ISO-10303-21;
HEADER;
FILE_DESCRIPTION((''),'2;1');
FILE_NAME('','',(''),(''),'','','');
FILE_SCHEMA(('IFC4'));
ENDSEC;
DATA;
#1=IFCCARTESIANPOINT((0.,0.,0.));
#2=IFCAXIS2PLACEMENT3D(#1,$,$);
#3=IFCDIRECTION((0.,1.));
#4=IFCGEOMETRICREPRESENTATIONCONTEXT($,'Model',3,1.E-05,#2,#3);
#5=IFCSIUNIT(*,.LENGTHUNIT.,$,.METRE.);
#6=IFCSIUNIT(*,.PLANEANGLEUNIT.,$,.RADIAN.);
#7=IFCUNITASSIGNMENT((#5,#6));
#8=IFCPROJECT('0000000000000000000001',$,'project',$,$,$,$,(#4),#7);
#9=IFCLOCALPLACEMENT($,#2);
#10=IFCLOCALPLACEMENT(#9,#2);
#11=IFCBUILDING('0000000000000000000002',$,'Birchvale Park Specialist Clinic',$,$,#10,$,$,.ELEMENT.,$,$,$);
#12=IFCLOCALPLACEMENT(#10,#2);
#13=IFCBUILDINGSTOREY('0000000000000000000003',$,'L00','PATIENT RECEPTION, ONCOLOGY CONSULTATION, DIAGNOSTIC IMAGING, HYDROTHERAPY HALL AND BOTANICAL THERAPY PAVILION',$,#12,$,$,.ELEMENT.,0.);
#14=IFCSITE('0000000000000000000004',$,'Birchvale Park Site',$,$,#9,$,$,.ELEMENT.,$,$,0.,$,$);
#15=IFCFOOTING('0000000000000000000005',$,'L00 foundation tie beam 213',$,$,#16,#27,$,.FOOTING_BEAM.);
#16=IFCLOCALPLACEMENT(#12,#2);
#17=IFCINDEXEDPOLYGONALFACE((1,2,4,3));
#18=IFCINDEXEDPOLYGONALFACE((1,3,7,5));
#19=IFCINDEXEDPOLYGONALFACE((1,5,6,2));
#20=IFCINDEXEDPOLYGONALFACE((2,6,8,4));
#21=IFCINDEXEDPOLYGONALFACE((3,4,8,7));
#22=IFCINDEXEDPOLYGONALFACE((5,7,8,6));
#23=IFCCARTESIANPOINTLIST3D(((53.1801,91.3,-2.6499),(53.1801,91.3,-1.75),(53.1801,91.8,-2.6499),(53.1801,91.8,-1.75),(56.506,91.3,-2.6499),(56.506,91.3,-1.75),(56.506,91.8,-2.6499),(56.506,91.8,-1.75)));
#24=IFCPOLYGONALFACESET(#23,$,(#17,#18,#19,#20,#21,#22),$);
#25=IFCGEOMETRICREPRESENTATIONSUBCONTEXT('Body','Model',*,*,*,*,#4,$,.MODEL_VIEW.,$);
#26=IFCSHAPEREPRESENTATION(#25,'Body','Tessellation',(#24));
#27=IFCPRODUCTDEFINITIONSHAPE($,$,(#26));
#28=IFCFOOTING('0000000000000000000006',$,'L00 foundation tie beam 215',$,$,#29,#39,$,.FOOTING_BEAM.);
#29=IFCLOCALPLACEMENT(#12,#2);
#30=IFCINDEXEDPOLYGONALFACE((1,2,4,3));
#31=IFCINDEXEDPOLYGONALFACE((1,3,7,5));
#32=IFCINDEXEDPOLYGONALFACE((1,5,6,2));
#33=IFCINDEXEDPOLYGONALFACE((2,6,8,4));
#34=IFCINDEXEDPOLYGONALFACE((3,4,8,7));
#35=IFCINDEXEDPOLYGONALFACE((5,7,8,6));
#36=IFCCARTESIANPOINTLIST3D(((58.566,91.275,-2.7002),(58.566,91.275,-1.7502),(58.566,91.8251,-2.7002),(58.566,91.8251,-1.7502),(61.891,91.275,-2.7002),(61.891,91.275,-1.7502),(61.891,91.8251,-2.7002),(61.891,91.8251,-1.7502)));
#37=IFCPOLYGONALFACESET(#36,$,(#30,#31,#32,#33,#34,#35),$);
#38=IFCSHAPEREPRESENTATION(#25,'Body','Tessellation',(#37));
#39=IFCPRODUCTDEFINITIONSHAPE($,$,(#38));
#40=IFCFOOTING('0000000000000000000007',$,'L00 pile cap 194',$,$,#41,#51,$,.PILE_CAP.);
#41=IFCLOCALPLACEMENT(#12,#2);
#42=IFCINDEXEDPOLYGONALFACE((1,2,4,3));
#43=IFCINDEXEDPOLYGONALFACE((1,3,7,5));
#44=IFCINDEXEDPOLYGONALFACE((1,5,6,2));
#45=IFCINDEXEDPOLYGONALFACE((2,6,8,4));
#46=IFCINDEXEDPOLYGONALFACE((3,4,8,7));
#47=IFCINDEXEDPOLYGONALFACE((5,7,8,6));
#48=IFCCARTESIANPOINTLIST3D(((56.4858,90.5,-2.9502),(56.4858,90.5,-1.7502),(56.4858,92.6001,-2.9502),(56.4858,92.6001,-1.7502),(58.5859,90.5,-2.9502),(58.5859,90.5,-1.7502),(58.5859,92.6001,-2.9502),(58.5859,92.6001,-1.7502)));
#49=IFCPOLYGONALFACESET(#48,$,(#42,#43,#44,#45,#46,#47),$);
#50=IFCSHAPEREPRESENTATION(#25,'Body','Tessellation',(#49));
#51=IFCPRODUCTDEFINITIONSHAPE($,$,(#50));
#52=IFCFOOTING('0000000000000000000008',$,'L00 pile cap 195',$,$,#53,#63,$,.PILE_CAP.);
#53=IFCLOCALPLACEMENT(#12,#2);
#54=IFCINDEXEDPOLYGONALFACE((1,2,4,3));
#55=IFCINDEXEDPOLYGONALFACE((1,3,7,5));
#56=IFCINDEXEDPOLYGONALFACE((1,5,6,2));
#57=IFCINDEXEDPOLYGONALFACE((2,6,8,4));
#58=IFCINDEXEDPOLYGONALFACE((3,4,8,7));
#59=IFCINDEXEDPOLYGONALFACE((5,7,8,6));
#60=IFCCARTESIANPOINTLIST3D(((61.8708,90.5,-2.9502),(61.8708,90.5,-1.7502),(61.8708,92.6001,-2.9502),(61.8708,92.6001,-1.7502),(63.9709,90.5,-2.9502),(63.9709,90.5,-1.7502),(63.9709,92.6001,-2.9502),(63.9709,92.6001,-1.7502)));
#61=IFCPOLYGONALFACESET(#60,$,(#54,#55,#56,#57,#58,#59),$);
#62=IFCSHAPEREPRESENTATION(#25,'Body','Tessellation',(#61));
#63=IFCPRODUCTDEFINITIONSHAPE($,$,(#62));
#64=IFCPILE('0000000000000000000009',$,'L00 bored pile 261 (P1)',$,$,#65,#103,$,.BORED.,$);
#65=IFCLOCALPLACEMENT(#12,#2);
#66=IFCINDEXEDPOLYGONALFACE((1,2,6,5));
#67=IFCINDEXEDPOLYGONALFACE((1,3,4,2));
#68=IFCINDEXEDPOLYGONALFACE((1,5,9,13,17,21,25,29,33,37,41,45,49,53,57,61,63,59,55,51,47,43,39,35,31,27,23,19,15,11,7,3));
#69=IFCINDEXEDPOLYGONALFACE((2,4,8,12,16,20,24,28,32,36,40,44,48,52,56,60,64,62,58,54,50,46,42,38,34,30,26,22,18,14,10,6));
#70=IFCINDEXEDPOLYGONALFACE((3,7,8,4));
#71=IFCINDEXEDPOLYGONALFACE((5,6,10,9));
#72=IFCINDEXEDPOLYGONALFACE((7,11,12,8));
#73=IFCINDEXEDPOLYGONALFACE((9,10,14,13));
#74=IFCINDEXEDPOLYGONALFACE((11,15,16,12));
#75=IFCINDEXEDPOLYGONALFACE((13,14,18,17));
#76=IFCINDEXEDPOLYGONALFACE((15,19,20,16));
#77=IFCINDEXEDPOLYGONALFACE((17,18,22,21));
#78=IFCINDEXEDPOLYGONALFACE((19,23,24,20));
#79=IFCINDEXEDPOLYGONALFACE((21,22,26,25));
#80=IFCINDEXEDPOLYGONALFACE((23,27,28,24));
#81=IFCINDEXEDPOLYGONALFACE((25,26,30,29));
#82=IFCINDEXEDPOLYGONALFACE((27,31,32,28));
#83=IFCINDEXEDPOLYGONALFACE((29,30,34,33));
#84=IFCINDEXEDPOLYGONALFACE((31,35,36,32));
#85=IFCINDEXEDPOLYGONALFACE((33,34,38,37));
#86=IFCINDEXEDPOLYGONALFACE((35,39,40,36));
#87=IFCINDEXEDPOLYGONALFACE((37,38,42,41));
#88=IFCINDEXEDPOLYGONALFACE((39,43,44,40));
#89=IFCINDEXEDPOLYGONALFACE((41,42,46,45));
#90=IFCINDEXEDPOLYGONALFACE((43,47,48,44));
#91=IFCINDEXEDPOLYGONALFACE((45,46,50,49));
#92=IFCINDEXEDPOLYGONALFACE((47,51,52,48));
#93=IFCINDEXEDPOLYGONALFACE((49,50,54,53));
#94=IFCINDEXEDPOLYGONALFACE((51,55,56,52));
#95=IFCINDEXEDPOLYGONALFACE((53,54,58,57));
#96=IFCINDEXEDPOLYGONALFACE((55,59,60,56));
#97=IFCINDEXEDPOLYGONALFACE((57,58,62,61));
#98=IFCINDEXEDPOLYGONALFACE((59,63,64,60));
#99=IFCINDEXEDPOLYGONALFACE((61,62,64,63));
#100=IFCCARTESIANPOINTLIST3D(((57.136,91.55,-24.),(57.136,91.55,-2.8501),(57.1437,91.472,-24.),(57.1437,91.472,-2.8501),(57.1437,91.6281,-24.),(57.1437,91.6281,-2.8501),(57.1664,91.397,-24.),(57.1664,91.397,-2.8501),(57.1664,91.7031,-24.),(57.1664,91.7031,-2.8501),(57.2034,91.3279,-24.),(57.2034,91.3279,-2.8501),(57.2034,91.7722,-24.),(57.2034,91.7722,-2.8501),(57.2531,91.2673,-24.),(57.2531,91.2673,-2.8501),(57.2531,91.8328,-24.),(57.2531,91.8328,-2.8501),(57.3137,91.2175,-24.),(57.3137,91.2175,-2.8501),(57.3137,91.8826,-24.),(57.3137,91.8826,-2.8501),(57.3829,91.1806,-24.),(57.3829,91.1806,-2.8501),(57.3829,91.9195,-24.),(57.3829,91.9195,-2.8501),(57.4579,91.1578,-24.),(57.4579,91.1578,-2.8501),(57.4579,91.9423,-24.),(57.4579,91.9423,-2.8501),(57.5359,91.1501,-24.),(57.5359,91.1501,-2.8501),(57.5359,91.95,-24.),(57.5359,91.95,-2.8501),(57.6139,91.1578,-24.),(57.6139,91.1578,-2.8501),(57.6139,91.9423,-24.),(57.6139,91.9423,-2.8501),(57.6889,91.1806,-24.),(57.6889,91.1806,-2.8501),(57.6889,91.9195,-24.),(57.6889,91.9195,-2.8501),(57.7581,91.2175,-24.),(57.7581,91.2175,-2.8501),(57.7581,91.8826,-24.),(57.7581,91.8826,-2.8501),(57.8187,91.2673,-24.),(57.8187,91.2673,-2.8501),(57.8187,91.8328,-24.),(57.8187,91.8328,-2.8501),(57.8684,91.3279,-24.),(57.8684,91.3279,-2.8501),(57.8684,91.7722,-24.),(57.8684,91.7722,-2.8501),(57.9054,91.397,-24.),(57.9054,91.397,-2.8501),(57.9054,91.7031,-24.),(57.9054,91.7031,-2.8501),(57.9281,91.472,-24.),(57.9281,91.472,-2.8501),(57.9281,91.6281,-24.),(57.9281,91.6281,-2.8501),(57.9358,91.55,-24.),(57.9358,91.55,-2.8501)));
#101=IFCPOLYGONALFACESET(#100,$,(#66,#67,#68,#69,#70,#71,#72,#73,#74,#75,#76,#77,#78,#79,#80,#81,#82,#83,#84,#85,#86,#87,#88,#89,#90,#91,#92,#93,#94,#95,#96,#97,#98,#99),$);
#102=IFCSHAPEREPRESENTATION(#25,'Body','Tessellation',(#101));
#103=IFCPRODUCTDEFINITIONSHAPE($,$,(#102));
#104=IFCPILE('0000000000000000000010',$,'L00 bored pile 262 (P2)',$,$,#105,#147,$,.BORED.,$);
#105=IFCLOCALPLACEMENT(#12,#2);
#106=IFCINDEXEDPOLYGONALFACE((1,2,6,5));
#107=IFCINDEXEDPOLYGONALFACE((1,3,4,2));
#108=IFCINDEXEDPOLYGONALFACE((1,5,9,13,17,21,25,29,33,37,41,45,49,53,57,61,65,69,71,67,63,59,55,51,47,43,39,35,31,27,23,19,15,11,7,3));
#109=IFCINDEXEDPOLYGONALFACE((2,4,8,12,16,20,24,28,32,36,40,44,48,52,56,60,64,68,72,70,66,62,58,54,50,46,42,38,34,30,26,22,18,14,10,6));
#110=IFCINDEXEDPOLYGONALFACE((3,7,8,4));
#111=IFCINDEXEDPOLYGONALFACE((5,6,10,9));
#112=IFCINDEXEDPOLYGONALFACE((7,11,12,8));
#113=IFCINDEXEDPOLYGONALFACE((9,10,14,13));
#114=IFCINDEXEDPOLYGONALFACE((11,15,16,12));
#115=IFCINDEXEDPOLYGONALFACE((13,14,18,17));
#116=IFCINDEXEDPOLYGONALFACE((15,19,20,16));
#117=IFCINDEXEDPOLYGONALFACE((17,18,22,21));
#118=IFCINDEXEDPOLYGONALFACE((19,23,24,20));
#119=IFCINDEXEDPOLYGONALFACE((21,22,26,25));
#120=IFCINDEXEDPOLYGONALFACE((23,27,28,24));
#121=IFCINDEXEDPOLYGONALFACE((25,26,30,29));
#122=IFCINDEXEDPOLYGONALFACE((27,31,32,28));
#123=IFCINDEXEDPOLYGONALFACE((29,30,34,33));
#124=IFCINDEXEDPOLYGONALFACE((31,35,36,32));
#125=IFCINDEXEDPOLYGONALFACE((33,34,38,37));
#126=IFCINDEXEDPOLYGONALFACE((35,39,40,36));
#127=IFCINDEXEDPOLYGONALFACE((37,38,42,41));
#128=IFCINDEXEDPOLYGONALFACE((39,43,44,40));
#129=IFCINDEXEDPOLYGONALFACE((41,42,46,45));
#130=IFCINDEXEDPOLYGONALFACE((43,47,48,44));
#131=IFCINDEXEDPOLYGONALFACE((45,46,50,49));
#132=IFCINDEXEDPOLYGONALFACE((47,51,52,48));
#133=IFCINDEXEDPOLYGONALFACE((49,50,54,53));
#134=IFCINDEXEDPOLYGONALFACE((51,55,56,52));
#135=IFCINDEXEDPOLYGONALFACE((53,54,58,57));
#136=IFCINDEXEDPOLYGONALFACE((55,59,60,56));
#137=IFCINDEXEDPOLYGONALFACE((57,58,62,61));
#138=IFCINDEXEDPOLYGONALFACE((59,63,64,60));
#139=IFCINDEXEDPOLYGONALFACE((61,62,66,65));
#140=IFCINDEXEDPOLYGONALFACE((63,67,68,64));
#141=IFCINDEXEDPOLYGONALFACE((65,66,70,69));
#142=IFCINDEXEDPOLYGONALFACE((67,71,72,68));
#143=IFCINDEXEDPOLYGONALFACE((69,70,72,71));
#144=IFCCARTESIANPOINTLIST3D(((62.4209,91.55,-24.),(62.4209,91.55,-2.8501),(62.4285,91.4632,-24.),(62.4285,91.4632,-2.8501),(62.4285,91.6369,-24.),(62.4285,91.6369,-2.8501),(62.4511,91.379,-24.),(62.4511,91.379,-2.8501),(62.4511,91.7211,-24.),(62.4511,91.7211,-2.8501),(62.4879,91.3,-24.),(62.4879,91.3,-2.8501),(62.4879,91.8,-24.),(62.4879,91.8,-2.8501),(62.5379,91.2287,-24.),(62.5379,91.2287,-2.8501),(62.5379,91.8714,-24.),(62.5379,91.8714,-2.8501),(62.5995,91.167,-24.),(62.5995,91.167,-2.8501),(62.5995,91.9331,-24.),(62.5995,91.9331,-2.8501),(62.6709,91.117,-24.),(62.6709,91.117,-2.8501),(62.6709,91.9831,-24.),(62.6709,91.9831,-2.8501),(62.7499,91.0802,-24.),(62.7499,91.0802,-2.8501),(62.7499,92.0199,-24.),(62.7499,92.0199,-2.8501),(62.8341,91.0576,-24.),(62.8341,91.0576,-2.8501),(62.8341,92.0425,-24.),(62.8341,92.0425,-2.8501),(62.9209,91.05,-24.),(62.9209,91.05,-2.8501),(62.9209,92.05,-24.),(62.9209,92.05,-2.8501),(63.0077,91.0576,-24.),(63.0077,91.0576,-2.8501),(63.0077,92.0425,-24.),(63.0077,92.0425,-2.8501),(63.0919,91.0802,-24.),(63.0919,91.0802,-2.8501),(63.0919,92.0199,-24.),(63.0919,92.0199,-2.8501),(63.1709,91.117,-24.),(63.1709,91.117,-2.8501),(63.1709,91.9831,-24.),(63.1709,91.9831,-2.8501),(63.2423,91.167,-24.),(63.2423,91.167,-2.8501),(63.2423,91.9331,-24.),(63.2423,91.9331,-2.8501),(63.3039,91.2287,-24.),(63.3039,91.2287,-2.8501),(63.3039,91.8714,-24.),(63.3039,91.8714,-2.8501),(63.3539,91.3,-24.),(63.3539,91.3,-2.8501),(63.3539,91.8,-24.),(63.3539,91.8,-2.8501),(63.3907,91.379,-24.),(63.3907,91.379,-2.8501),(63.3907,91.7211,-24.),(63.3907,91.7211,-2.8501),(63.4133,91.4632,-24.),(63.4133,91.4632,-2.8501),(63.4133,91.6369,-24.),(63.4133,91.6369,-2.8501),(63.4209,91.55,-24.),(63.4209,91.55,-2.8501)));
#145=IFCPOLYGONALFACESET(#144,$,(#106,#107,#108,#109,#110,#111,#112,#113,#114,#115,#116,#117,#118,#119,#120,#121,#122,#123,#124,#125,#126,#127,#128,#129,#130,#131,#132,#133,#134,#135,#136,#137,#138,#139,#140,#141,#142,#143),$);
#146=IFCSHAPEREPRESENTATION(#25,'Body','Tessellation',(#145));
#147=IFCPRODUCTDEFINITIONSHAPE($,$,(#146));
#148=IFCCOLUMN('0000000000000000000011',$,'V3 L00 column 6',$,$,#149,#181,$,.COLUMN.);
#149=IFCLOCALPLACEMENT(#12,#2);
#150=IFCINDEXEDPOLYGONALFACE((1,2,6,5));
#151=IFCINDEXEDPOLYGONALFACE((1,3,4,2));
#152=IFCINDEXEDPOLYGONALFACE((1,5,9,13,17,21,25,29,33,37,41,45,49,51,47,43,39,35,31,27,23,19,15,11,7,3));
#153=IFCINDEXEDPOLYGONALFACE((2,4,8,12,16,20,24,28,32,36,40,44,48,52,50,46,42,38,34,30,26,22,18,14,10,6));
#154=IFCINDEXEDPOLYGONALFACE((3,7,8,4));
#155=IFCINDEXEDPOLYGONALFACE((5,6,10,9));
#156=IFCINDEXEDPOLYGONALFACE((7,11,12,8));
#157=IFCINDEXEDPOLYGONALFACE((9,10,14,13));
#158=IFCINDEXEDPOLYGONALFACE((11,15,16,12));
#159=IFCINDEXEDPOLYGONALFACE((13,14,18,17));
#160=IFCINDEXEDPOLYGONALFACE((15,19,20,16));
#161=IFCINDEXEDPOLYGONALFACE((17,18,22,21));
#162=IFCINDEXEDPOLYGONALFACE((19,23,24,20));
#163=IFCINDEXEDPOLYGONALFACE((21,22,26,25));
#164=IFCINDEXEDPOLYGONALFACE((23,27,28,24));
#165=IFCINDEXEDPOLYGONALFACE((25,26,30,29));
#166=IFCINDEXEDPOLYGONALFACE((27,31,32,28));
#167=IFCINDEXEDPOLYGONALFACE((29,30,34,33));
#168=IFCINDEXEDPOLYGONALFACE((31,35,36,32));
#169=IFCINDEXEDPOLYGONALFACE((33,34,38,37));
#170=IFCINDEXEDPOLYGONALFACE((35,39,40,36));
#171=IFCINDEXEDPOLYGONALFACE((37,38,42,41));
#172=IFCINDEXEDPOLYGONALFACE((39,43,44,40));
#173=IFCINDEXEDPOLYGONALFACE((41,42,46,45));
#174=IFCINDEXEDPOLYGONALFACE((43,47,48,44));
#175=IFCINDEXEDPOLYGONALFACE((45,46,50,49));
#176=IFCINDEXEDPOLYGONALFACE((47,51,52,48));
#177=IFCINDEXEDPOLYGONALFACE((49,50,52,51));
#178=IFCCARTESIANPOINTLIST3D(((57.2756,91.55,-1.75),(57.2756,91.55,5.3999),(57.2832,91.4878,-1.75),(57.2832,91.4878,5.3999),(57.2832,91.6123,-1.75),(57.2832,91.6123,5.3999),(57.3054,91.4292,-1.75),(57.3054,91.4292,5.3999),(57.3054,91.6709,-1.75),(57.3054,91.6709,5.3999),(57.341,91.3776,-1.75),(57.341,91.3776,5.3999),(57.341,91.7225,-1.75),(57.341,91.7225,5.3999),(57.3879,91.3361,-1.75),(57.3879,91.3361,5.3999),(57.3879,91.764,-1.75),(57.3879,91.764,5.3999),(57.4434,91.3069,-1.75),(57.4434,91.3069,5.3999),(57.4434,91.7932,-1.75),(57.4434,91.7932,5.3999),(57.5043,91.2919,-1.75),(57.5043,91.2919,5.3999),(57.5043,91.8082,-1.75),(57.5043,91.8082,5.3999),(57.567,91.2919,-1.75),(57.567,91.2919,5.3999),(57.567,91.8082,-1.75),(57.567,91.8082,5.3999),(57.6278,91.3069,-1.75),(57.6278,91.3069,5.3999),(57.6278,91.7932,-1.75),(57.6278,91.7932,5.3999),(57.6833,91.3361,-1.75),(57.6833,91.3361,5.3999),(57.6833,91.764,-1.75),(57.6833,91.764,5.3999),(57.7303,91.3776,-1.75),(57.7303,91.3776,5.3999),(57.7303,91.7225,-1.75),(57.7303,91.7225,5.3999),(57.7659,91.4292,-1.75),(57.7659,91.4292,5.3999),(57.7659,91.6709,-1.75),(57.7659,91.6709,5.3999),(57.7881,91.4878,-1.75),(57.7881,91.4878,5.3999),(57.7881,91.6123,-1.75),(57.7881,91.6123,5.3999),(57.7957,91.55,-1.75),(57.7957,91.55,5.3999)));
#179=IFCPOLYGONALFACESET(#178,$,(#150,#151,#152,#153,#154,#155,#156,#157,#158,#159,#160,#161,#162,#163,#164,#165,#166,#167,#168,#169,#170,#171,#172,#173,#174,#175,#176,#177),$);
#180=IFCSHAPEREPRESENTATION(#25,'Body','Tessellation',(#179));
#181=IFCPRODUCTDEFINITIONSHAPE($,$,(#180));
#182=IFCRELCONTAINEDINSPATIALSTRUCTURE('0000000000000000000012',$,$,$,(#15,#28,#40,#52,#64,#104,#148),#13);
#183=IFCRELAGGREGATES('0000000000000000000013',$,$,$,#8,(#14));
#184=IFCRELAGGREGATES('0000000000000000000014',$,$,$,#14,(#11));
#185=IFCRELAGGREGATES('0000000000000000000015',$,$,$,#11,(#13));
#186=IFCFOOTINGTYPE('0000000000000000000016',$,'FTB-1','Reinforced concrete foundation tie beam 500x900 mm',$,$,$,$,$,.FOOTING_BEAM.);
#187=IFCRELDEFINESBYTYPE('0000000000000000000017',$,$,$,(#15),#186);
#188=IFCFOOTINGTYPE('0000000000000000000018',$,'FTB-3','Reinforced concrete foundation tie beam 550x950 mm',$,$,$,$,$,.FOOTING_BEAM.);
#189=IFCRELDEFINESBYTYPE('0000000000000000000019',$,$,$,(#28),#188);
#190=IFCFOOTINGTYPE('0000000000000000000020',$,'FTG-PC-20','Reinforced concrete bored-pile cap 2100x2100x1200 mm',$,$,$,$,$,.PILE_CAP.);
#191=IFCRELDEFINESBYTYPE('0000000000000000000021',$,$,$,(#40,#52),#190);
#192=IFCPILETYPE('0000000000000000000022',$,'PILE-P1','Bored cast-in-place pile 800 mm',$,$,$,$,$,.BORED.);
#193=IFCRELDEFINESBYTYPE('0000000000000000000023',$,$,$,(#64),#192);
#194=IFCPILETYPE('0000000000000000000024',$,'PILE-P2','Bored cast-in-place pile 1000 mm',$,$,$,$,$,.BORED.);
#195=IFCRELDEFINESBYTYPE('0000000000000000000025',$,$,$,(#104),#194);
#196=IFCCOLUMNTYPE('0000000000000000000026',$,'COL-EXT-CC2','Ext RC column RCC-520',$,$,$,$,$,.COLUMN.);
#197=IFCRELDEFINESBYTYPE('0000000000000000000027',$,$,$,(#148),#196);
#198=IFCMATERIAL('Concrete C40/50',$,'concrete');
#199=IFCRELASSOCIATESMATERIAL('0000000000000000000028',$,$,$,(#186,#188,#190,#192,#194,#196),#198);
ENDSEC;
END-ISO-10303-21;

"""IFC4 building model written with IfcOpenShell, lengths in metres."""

from ifc_helpers import new_model, si_unit, direction, frame, origin, origin_2d, place, context, subcontext, project, spatial, rectangle, circle, extrude, material, material_profile, profile_set, type_object, element, save


model = new_model("IFC4")

# Units and contexts
model_context = context("Model", 3, precision=1e-05, world=origin(), true_north=direction((0.0, 1.0)))
body_context = subcontext(model_context, "Body", "Model", "MODEL_VIEW")
ifc_project = project(units=[si_unit("LENGTHUNIT", "METRE"), si_unit("PLANEANGLEUNIT", "RADIAN")], contexts=[model_context])

# Site, building, storey
site_placement = place(None, origin())
site = spatial("IfcSite", under=ifc_project, at=site_placement, Name="Birchvale Park Site", CompositionType="ELEMENT", RefElevation=0.0)
building_placement = place(site_placement, origin())
building = spatial("IfcBuilding", under=site, at=building_placement, Name="Birchvale Park Specialist Clinic", CompositionType="ELEMENT")
storey_placement = place(building_placement, origin())
storey = spatial("IfcBuildingStorey", under=building, at=storey_placement, Name="L00", Description="PATIENT RECEPTION, ONCOLOGY CONSULTATION, DIAGNOSTIC IMAGING, HYDROTHERAPY HALL AND BOTANICAL THERAPY PAVILION", CompositionType="ELEMENT", Elevation=0.0)

# Footings
ifc_material_1 = material(Name="Concrete C40/50", Category="concrete")
footing_type_1 = type_object("IfcFootingType", Name="FTB-1", Description="Reinforced concrete foundation tie beam 500x900 mm", PredefinedType="FOOTING_BEAM", material=ifc_material_1)
footing_1_placement = place(storey_placement, frame((54.843, 91.55, -2.6499), z_axis=(0.0, 0.0, 1.0), x_axis=(1.0, 0.0, 0.0)))
element("IfcFooting", 1, at=footing_1_placement, inside=storey, type_object=footing_type_1, Name="L00 foundation tie beam 213", PredefinedType="FOOTING_BEAM", context=body_context, shape_type="SweptSolid", body=[
    extrude(rectangle(XDim=3.3259, YDim=0.5, at=origin_2d()), origin(), (0.0, 0.0, 1.0), 0.8999),
])
footing_type_2 = type_object("IfcFootingType", Name="FTB-3", Description="Reinforced concrete foundation tie beam 550x950 mm", PredefinedType="FOOTING_BEAM", material=ifc_material_1)
footing_2_placement = place(storey_placement, frame((60.2285, 91.55, -2.7002), z_axis=(0.0, 0.0, 1.0), x_axis=(1.0, 0.0, 0.0)))
element("IfcFooting", 2, at=footing_2_placement, inside=storey, type_object=footing_type_2, Name="L00 foundation tie beam 215", PredefinedType="FOOTING_BEAM", context=body_context, shape_type="SweptSolid", body=[
    extrude(rectangle(XDim=3.325, YDim=0.55, at=origin_2d()), origin(), (0.0, 0.0, 1.0), 0.95),
])
footing_type_3 = type_object("IfcFootingType", Name="FTG-PC-20", Description="Reinforced concrete bored-pile cap 2100x2100x1200 mm", PredefinedType="PILE_CAP", material=ifc_material_1)
for number, where, z_axis, x_axis, name in (
    (3, (57.5359, 91.55, -2.9502), (0.0, 0.0, 1.0), (1.0, 0.0, 0.0), "L00 pile cap 194"),
    (4, (62.9209, 91.55, -2.9502), (0.0, 0.0, 1.0), (1.0, 0.0, 0.0), "L00 pile cap 195"),
):
    element("IfcFooting", number, at=place(storey_placement, frame(where, z_axis=z_axis, x_axis=x_axis)), inside=storey, type_object=footing_type_3, Name=name, PredefinedType="PILE_CAP", context=body_context, shape_type="SweptSolid", body=[
        extrude(rectangle(XDim=2.1001, YDim=2.1001, at=origin_2d()), origin(), (0.0, 0.0, 1.0), 1.2),
    ])

# Piles
ifc_material_profile_1 = material_profile(ifc_material_1, circle(Radius=0.3999, at=origin_2d()), Name="PILE-800")
ifc_profile_set_1 = profile_set([ifc_material_profile_1], Name="Concrete C40/50")
pile_type_1 = type_object("IfcPileType", Name="PILE-P1", Description="Bored cast-in-place pile 800 mm", PredefinedType="BORED", material=ifc_profile_set_1)
pile_1_placement = place(storey_placement, frame((57.5359, 91.55, -2.8501), z_axis=(0.0, 0.0, -1.0), x_axis=(1.0, 0.0, 0.0)))
element("IfcPile", 5, at=pile_1_placement, inside=storey, type_object=pile_type_1, Name="L00 bored pile 261 (P1)", PredefinedType="BORED", context=body_context, shape_type="SweptSolid", body=[
    extrude(circle(Radius=0.3999, at=origin_2d()), origin(), (0.0, 0.0, 1.0), 21.1499),
])
ifc_material_profile_2 = material_profile(ifc_material_1, circle(Radius=0.5, at=origin_2d()), Name="PILE-1000")
ifc_profile_set_2 = profile_set([ifc_material_profile_2], Name="Concrete C40/50")
pile_type_2 = type_object("IfcPileType", Name="PILE-P2", Description="Bored cast-in-place pile 1000 mm", PredefinedType="BORED", material=ifc_profile_set_2)
pile_2_placement = place(storey_placement, frame((62.9209, 91.55, -2.8501), z_axis=(0.0, 0.0, -1.0), x_axis=(1.0, 0.0, 0.0)))
element("IfcPile", 6, at=pile_2_placement, inside=storey, type_object=pile_type_2, Name="L00 bored pile 262 (P2)", PredefinedType="BORED", context=body_context, shape_type="SweptSolid", body=[
    extrude(circle(Radius=0.5, at=origin_2d()), origin(), (0.0, 0.0, 1.0), 21.1499),
])

# Column
ifc_material_profile_3 = material_profile(ifc_material_1, circle(Radius=0.26, at=origin_2d()), Name="RCC-520")
ifc_profile_set_3 = profile_set([ifc_material_profile_3], Name="Concrete C40/50")
column_type = type_object("IfcColumnType", Name="COL-EXT-CC2", Description="Ext RC column RCC-520", PredefinedType="COLUMN", material=ifc_profile_set_3)
for number, where, z_axis, x_axis, name in (
    (7, (57.5356, 91.55, -1.75), (0.0, 0.0, 1.0), (1.0, 0.0, 0.0), "V3 L00 column 6"),
):
    element("IfcColumn", number, at=place(storey_placement, frame(where, z_axis=z_axis, x_axis=x_axis)), inside=storey, type_object=column_type, Name=name, PredefinedType="COLUMN", context=body_context, shape_type="SweptSolid", body=[
        extrude(circle(Radius=0.26, at=origin_2d()), origin(), (0.0, 0.0, 1.0), 7.1499),
    ])

save(model, "model.ifc")
